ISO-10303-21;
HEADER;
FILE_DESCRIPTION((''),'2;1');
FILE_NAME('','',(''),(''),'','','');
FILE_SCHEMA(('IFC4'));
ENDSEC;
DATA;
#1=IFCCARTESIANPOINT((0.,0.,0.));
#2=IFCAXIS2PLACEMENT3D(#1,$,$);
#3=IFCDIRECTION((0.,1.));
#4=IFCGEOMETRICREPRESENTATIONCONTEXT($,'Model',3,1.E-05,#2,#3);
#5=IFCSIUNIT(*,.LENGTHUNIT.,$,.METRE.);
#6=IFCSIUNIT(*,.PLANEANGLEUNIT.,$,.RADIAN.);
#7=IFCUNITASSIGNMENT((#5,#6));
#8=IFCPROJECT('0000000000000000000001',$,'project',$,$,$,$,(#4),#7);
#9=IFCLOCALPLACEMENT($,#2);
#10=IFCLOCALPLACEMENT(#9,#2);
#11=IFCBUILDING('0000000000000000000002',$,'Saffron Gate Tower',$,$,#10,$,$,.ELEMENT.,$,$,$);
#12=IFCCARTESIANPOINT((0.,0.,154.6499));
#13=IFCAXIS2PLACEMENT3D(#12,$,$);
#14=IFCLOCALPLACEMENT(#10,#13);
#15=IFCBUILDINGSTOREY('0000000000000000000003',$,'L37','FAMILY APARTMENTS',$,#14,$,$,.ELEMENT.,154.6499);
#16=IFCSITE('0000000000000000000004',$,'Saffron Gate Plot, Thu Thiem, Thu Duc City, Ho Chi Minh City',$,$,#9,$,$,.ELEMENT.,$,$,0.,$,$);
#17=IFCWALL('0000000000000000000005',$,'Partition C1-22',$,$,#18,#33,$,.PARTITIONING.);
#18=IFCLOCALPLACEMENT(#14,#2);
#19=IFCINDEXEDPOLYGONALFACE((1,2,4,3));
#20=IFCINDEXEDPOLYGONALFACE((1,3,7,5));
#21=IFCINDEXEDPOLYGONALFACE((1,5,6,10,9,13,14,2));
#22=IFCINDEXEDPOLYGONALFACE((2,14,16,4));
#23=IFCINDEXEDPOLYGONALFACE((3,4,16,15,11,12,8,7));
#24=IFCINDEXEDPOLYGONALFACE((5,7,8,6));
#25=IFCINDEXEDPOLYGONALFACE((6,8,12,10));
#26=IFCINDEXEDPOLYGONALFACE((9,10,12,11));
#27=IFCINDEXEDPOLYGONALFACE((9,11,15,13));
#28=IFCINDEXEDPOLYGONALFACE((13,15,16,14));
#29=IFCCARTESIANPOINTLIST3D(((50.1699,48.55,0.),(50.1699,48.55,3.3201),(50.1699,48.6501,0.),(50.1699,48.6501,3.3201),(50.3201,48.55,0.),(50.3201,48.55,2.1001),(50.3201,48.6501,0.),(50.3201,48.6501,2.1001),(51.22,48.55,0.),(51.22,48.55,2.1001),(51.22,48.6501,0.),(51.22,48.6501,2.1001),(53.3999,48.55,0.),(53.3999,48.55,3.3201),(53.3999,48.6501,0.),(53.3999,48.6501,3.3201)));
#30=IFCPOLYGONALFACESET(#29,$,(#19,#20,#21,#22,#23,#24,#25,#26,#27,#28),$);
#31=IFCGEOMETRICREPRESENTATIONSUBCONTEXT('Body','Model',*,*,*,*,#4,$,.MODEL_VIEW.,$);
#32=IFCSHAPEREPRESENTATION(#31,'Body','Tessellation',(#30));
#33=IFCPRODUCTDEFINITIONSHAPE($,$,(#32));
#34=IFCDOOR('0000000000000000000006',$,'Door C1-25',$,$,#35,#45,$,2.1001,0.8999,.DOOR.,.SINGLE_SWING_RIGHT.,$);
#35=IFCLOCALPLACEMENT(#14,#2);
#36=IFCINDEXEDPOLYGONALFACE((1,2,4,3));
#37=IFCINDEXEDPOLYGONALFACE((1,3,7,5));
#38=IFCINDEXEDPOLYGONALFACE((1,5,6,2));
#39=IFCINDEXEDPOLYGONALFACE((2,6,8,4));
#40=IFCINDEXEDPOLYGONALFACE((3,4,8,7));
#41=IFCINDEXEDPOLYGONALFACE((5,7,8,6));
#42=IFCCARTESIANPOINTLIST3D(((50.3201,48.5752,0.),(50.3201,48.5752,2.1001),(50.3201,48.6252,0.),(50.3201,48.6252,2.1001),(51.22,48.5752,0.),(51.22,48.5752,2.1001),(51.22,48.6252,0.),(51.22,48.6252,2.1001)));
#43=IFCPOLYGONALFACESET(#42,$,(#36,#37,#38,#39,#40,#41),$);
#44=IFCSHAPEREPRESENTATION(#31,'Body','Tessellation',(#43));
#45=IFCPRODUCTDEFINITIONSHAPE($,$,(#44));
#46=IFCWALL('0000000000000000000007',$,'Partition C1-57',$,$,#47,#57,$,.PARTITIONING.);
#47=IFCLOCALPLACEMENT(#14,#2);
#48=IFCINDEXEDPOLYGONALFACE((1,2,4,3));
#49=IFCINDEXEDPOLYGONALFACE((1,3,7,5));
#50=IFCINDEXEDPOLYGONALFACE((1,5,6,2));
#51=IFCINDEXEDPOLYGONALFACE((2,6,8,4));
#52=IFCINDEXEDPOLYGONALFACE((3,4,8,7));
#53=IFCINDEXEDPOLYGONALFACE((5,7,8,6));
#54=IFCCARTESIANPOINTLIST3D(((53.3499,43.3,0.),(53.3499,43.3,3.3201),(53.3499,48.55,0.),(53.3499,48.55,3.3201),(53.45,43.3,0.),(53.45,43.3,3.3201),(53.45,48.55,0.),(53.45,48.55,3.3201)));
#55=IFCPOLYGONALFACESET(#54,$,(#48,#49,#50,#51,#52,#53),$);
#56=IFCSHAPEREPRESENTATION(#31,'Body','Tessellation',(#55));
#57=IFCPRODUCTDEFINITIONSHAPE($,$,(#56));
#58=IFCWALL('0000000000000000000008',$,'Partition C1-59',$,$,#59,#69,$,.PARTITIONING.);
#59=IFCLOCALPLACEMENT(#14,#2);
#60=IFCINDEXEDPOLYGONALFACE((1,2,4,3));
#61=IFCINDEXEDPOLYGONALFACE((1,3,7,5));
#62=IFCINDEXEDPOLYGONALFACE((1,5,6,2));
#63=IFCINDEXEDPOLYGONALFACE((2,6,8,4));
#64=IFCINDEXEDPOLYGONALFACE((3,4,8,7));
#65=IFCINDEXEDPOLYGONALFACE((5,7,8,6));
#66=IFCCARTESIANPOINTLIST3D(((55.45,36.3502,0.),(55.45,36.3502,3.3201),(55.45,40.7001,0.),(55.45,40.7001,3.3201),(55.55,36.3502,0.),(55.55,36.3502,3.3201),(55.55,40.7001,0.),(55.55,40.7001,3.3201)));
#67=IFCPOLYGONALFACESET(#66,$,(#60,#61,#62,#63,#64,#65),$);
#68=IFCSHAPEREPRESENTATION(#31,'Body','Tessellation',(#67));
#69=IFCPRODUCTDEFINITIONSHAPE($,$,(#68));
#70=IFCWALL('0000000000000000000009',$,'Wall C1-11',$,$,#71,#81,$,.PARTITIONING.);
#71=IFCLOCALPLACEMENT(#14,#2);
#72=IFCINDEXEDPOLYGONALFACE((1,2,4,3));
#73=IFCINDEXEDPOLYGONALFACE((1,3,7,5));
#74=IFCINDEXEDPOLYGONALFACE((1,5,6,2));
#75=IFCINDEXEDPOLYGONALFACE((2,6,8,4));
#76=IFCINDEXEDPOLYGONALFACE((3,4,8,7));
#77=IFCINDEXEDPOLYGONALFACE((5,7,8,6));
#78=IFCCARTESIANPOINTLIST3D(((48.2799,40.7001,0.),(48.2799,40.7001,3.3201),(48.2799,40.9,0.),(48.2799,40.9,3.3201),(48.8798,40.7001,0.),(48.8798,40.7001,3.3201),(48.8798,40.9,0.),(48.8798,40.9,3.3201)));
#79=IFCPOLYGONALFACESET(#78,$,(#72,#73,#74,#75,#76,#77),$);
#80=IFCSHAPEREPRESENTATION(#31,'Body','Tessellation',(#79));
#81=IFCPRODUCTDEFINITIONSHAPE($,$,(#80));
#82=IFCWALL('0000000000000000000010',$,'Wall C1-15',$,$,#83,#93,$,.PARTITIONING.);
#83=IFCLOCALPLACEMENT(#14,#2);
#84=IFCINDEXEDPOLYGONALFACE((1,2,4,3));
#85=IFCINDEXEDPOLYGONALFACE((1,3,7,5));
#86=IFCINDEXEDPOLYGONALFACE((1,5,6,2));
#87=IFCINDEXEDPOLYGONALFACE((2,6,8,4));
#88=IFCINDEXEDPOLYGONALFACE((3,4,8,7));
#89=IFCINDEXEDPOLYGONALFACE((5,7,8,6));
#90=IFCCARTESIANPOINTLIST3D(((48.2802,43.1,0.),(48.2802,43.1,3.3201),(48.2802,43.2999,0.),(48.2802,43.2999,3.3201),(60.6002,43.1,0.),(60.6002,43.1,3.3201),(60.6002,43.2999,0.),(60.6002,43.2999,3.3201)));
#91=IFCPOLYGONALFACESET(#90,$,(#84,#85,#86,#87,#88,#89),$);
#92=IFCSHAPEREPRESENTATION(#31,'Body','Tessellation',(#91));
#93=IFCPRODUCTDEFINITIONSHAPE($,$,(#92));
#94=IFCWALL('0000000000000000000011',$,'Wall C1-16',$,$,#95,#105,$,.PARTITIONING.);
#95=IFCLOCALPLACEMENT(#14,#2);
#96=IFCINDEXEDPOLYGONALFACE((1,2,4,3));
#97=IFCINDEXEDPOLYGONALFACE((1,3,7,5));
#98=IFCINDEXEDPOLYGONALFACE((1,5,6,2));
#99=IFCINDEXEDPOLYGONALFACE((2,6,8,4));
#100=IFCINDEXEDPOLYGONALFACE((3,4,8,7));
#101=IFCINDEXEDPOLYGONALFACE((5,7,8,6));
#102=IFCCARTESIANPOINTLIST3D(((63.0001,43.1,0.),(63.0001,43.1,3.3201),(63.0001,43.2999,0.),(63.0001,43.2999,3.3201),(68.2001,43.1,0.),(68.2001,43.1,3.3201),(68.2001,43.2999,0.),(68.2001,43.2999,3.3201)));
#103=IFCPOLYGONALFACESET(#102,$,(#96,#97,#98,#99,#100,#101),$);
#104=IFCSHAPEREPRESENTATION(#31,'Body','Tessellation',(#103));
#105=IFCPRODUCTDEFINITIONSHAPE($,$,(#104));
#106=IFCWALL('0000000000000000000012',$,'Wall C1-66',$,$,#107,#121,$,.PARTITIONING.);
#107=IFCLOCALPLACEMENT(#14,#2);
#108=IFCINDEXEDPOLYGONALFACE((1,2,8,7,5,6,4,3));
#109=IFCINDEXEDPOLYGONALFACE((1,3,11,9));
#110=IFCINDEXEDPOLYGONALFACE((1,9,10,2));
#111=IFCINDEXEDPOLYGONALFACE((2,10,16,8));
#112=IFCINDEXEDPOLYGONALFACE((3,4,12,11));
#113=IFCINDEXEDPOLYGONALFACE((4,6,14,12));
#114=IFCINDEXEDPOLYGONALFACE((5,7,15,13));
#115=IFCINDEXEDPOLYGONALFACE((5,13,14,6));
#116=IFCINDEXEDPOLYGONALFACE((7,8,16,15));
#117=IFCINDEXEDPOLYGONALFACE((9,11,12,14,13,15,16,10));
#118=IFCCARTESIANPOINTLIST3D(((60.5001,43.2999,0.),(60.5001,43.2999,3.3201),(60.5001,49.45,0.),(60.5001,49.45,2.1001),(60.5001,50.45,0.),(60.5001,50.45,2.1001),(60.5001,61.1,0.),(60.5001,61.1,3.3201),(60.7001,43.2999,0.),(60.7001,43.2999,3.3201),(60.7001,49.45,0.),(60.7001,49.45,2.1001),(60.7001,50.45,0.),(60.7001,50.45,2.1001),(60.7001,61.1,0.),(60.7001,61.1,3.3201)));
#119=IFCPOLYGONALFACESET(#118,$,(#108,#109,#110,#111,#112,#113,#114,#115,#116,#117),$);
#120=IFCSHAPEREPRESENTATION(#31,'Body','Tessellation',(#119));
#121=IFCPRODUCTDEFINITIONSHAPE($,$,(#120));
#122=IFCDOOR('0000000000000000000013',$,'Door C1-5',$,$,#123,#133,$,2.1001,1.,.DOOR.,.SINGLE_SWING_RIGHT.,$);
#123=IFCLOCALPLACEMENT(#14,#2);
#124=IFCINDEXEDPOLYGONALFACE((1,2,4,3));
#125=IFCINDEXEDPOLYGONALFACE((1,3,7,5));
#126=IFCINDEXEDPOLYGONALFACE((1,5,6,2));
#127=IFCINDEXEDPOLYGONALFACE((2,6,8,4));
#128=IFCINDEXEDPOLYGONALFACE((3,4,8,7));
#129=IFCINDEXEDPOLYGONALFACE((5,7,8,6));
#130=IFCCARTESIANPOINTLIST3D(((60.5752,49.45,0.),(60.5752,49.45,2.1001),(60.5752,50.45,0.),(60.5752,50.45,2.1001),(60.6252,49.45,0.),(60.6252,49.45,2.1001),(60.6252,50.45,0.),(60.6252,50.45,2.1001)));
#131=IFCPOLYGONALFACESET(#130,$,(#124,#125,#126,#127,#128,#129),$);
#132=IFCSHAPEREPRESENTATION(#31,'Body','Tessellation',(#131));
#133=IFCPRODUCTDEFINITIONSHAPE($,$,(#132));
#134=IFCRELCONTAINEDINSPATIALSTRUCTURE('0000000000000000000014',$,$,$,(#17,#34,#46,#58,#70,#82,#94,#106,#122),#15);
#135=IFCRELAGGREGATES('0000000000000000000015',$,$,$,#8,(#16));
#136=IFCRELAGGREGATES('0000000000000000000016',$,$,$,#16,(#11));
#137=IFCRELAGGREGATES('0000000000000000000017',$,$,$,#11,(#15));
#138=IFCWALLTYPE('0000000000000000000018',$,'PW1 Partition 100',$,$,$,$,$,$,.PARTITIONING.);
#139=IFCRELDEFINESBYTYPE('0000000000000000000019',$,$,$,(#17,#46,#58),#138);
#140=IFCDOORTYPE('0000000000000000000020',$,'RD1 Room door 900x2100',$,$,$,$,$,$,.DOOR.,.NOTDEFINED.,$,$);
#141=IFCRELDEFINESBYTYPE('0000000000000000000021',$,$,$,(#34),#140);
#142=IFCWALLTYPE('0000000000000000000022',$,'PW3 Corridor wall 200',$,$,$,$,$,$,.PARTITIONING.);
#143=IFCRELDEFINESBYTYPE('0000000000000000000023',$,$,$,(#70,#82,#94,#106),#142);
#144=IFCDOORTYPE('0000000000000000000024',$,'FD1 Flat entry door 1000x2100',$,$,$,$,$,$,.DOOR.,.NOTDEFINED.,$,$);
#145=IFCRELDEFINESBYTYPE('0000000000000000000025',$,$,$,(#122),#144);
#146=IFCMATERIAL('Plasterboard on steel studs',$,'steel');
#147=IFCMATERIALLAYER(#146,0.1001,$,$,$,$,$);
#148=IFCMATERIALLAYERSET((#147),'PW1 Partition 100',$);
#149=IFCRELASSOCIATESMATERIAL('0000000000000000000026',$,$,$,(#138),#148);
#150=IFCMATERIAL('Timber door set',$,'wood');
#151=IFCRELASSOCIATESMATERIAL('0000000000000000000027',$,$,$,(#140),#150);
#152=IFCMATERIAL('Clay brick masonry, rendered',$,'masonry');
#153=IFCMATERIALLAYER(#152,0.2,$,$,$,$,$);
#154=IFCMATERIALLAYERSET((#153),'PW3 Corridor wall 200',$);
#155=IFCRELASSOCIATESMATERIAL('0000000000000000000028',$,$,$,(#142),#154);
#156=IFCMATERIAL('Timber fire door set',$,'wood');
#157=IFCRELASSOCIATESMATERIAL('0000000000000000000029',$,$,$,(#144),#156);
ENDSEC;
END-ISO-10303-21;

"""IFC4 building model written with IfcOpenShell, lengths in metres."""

from ifc_helpers import new_model, si_unit, direction, frame, frame_2d, origin, place, context, subcontext, project, spatial, rectangle, extrude, material, layer, layer_set, type_object, element, fill, save


model = new_model("IFC4")

# Units and contexts
model_context = context("Model", 3, precision=1e-05, world=origin(), true_north=direction((0.0, 1.0)))
body_context = subcontext(model_context, "Body", "Model", "MODEL_VIEW")
ifc_project = project(units=[si_unit("LENGTHUNIT", "METRE"), si_unit("PLANEANGLEUNIT", "RADIAN")], contexts=[model_context])

# Site, building, storey
site_placement = place(None, origin())
site = spatial("IfcSite", under=ifc_project, at=site_placement, Name="Saffron Gate Plot, Thu Thiem, Thu Duc City, Ho Chi Minh City", CompositionType="ELEMENT", RefElevation=0.0)
building_placement = place(site_placement, origin())
building = spatial("IfcBuilding", under=site, at=building_placement, Name="Saffron Gate Tower", CompositionType="ELEMENT")
storey_placement = place(building_placement, frame((0.0, 0.0, 154.6499)))
storey = spatial("IfcBuildingStorey", under=building, at=storey_placement, Name="L37", Description="FAMILY APARTMENTS", CompositionType="ELEMENT", Elevation=154.6499)

# Shared definitions
ifc_material_1 = material(Name="Plasterboard on steel studs", Category="steel")
ifc_layer_1 = layer(ifc_material_1, 0.1001)
ifc_layer_set_1 = layer_set([ifc_layer_1], Name="PW1 Partition 100")
wall_type_1 = type_object("IfcWallType", Name="PW1 Partition 100", PredefinedType="PARTITIONING", material=ifc_layer_set_1)

# Wall, opening, door
wall_1_placement = place(storey_placement, frame((53.3999, 48.6001, 0.0), z_axis=(0.0, 0.0, 1.0), x_axis=(-1.0, 0.0, 0.0)))
wall_1 = element("IfcWall", 1, at=wall_1_placement, inside=storey, type_object=wall_type_1, Name="Partition C1-22", PredefinedType="PARTITIONING", context=body_context, shape_type="SweptSolid", body=[
    extrude(rectangle(XDim=3.23, YDim=0.1001, at=frame_2d((1.615, 0.0))), origin(), (0.0, 0.0, 1.0), 3.3201),
])
opening_1_placement = place(wall_1_placement, frame((2.1799, 0.0, 0.0)))
opening_1 = element("IfcOpeningElement", 2, at=opening_1_placement, cuts=wall_1, PredefinedType="OPENING", context=body_context, shape_type="SweptSolid", body=[
    extrude(rectangle(XDim=0.8999, YDim=2.1001, at=frame_2d((0.45, 1.05))), frame((0.0, 0.0601, 0.0), z_axis=(0.0, -1.0, 0.0), x_axis=(1.0, 0.0, 0.0)), (0.0, 0.0, 1.0), 0.1201),
])
ifc_material_2 = material(Name="Timber door set", Category="wood")
door_type_1 = type_object("IfcDoorType", Name="RD1 Room door 900x2100", OperationType="NOTDEFINED", PredefinedType="DOOR", material=ifc_material_2)
door_1_placement = place(opening_1_placement, origin())
door_1 = element("IfcDoor", 3, at=door_1_placement, inside=storey, type_object=door_type_1, Name="Door C1-25", OperationType="SINGLE_SWING_RIGHT", OverallHeight=2.1001, OverallWidth=0.8999, PredefinedType="DOOR", context=body_context, shape_type="SweptSolid", body=[
    extrude(rectangle(XDim=0.8999, YDim=2.1001, at=frame_2d((0.45, 1.05))), frame((0.0, 0.0249, 0.0), z_axis=(0.0, -1.0, 0.0), x_axis=(1.0, 0.0, 0.0)), (0.0, 0.0, 1.0), 0.05),
])
fill(opening_1, door_1)

# Walls
wall_2_placement = place(storey_placement, frame((53.3999, 48.55, 0.0), z_axis=(0.0, 0.0, 1.0), x_axis=(0.0, -1.0, 0.0)))
element("IfcWall", 4, at=wall_2_placement, inside=storey, type_object=wall_type_1, Name="Partition C1-57", PredefinedType="PARTITIONING", context=body_context, shape_type="SweptSolid", body=[
    extrude(rectangle(XDim=5.25, YDim=0.1001, at=frame_2d((2.625, 0.0))), origin(), (0.0, 0.0, 1.0), 3.3201),
])
wall_3_placement = place(storey_placement, frame((55.5, 40.7, 0.0), z_axis=(0.0, 0.0, 1.0), x_axis=(0.0, -1.0, 0.0)))
element("IfcWall", 5, at=wall_3_placement, inside=storey, type_object=wall_type_1, Name="Partition C1-59", PredefinedType="PARTITIONING", context=body_context, shape_type="SweptSolid", body=[
    extrude(rectangle(XDim=4.3499, YDim=0.1001, at=frame_2d((2.1748, 0.0))), origin(), (0.0, 0.0, 1.0), 3.3201),
])
ifc_material_3 = material(Name="Clay brick masonry, rendered", Category="masonry")
ifc_layer_2 = layer(ifc_material_3, 0.2)
ifc_layer_set_2 = layer_set([ifc_layer_2], Name="PW3 Corridor wall 200")
wall_type_2 = type_object("IfcWallType", Name="PW3 Corridor wall 200", PredefinedType="PARTITIONING", material=ifc_layer_set_2)
wall_4_placement = place(storey_placement, frame((48.28, 40.8, 0.0), z_axis=(0.0, 0.0, 1.0), x_axis=(1.0, 0.0, 0.0)))
element("IfcWall", 6, at=wall_4_placement, inside=storey, type_object=wall_type_2, Name="Wall C1-11", PredefinedType="PARTITIONING", context=body_context, shape_type="SweptSolid", body=[
    extrude(rectangle(XDim=0.5999, YDim=0.2, at=frame_2d((0.2998, 0.0))), origin(), (0.0, 0.0, 1.0), 3.3201),
])
wall_5_placement = place(storey_placement, frame((48.28, 43.2, 0.0), z_axis=(0.0, 0.0, 1.0), x_axis=(1.0, 0.0, 0.0)))
element("IfcWall", 7, at=wall_5_placement, inside=storey, type_object=wall_type_2, Name="Wall C1-15", PredefinedType="PARTITIONING", context=body_context, shape_type="SweptSolid", body=[
    extrude(rectangle(XDim=12.3201, YDim=0.2, at=frame_2d((6.1602, 0.0))), origin(), (0.0, 0.0, 1.0), 3.3201),
])
wall_6_placement = place(storey_placement, frame((63.0, 43.2, 0.0), z_axis=(0.0, 0.0, 1.0), x_axis=(1.0, 0.0, 0.0)))
element("IfcWall", 8, at=wall_6_placement, inside=storey, type_object=wall_type_2, Name="Wall C1-16", PredefinedType="PARTITIONING", context=body_context, shape_type="SweptSolid", body=[
    extrude(rectangle(XDim=5.2, YDim=0.2, at=frame_2d((2.6001, 0.0))), origin(), (0.0, 0.0, 1.0), 3.3201),
])

# Wall, opening, door
wall_7_placement = place(storey_placement, frame((60.6001, 43.3, 0.0), z_axis=(0.0, 0.0, 1.0), x_axis=(0.0, 1.0, 0.0)))
wall_7 = element("IfcWall", 9, at=wall_7_placement, inside=storey, type_object=wall_type_2, Name="Wall C1-66", PredefinedType="PARTITIONING", context=body_context, shape_type="SweptSolid", body=[
    extrude(rectangle(XDim=17.8, YDim=0.2, at=frame_2d((8.8999, 0.0))), origin(), (0.0, 0.0, 1.0), 3.3201),
])
opening_2_placement = place(wall_7_placement, frame((6.1499, 0.0, 0.0)))
opening_2 = element("IfcOpeningElement", 10, at=opening_2_placement, cuts=wall_7, PredefinedType="OPENING", context=body_context, shape_type="SweptSolid", body=[
    extrude(rectangle(XDim=1.0, YDim=2.1001, at=frame_2d((0.5, 1.05))), frame((0.0, 0.1099, 0.0), z_axis=(0.0, -1.0, 0.0), x_axis=(1.0, 0.0, 0.0)), (0.0, 0.0, 1.0), 0.22),
])
ifc_material_4 = material(Name="Timber fire door set", Category="wood")
door_type_2 = type_object("IfcDoorType", Name="FD1 Flat entry door 1000x2100", OperationType="NOTDEFINED", PredefinedType="DOOR", material=ifc_material_4)
door_2_placement = place(opening_2_placement, origin())
door_2 = element("IfcDoor", 11, at=door_2_placement, inside=storey, type_object=door_type_2, Name="Door C1-5", OperationType="SINGLE_SWING_RIGHT", OverallHeight=2.1001, OverallWidth=1.0, PredefinedType="DOOR", context=body_context, shape_type="SweptSolid", body=[
    extrude(rectangle(XDim=1.0, YDim=2.1001, at=frame_2d((0.5, 1.05))), frame((0.0, 0.0249, 0.0), z_axis=(0.0, -1.0, 0.0), x_axis=(1.0, 0.0, 0.0)), (0.0, 0.0, 1.0), 0.05),
])
fill(opening_2, door_2)

save(model, "model.ifc")
